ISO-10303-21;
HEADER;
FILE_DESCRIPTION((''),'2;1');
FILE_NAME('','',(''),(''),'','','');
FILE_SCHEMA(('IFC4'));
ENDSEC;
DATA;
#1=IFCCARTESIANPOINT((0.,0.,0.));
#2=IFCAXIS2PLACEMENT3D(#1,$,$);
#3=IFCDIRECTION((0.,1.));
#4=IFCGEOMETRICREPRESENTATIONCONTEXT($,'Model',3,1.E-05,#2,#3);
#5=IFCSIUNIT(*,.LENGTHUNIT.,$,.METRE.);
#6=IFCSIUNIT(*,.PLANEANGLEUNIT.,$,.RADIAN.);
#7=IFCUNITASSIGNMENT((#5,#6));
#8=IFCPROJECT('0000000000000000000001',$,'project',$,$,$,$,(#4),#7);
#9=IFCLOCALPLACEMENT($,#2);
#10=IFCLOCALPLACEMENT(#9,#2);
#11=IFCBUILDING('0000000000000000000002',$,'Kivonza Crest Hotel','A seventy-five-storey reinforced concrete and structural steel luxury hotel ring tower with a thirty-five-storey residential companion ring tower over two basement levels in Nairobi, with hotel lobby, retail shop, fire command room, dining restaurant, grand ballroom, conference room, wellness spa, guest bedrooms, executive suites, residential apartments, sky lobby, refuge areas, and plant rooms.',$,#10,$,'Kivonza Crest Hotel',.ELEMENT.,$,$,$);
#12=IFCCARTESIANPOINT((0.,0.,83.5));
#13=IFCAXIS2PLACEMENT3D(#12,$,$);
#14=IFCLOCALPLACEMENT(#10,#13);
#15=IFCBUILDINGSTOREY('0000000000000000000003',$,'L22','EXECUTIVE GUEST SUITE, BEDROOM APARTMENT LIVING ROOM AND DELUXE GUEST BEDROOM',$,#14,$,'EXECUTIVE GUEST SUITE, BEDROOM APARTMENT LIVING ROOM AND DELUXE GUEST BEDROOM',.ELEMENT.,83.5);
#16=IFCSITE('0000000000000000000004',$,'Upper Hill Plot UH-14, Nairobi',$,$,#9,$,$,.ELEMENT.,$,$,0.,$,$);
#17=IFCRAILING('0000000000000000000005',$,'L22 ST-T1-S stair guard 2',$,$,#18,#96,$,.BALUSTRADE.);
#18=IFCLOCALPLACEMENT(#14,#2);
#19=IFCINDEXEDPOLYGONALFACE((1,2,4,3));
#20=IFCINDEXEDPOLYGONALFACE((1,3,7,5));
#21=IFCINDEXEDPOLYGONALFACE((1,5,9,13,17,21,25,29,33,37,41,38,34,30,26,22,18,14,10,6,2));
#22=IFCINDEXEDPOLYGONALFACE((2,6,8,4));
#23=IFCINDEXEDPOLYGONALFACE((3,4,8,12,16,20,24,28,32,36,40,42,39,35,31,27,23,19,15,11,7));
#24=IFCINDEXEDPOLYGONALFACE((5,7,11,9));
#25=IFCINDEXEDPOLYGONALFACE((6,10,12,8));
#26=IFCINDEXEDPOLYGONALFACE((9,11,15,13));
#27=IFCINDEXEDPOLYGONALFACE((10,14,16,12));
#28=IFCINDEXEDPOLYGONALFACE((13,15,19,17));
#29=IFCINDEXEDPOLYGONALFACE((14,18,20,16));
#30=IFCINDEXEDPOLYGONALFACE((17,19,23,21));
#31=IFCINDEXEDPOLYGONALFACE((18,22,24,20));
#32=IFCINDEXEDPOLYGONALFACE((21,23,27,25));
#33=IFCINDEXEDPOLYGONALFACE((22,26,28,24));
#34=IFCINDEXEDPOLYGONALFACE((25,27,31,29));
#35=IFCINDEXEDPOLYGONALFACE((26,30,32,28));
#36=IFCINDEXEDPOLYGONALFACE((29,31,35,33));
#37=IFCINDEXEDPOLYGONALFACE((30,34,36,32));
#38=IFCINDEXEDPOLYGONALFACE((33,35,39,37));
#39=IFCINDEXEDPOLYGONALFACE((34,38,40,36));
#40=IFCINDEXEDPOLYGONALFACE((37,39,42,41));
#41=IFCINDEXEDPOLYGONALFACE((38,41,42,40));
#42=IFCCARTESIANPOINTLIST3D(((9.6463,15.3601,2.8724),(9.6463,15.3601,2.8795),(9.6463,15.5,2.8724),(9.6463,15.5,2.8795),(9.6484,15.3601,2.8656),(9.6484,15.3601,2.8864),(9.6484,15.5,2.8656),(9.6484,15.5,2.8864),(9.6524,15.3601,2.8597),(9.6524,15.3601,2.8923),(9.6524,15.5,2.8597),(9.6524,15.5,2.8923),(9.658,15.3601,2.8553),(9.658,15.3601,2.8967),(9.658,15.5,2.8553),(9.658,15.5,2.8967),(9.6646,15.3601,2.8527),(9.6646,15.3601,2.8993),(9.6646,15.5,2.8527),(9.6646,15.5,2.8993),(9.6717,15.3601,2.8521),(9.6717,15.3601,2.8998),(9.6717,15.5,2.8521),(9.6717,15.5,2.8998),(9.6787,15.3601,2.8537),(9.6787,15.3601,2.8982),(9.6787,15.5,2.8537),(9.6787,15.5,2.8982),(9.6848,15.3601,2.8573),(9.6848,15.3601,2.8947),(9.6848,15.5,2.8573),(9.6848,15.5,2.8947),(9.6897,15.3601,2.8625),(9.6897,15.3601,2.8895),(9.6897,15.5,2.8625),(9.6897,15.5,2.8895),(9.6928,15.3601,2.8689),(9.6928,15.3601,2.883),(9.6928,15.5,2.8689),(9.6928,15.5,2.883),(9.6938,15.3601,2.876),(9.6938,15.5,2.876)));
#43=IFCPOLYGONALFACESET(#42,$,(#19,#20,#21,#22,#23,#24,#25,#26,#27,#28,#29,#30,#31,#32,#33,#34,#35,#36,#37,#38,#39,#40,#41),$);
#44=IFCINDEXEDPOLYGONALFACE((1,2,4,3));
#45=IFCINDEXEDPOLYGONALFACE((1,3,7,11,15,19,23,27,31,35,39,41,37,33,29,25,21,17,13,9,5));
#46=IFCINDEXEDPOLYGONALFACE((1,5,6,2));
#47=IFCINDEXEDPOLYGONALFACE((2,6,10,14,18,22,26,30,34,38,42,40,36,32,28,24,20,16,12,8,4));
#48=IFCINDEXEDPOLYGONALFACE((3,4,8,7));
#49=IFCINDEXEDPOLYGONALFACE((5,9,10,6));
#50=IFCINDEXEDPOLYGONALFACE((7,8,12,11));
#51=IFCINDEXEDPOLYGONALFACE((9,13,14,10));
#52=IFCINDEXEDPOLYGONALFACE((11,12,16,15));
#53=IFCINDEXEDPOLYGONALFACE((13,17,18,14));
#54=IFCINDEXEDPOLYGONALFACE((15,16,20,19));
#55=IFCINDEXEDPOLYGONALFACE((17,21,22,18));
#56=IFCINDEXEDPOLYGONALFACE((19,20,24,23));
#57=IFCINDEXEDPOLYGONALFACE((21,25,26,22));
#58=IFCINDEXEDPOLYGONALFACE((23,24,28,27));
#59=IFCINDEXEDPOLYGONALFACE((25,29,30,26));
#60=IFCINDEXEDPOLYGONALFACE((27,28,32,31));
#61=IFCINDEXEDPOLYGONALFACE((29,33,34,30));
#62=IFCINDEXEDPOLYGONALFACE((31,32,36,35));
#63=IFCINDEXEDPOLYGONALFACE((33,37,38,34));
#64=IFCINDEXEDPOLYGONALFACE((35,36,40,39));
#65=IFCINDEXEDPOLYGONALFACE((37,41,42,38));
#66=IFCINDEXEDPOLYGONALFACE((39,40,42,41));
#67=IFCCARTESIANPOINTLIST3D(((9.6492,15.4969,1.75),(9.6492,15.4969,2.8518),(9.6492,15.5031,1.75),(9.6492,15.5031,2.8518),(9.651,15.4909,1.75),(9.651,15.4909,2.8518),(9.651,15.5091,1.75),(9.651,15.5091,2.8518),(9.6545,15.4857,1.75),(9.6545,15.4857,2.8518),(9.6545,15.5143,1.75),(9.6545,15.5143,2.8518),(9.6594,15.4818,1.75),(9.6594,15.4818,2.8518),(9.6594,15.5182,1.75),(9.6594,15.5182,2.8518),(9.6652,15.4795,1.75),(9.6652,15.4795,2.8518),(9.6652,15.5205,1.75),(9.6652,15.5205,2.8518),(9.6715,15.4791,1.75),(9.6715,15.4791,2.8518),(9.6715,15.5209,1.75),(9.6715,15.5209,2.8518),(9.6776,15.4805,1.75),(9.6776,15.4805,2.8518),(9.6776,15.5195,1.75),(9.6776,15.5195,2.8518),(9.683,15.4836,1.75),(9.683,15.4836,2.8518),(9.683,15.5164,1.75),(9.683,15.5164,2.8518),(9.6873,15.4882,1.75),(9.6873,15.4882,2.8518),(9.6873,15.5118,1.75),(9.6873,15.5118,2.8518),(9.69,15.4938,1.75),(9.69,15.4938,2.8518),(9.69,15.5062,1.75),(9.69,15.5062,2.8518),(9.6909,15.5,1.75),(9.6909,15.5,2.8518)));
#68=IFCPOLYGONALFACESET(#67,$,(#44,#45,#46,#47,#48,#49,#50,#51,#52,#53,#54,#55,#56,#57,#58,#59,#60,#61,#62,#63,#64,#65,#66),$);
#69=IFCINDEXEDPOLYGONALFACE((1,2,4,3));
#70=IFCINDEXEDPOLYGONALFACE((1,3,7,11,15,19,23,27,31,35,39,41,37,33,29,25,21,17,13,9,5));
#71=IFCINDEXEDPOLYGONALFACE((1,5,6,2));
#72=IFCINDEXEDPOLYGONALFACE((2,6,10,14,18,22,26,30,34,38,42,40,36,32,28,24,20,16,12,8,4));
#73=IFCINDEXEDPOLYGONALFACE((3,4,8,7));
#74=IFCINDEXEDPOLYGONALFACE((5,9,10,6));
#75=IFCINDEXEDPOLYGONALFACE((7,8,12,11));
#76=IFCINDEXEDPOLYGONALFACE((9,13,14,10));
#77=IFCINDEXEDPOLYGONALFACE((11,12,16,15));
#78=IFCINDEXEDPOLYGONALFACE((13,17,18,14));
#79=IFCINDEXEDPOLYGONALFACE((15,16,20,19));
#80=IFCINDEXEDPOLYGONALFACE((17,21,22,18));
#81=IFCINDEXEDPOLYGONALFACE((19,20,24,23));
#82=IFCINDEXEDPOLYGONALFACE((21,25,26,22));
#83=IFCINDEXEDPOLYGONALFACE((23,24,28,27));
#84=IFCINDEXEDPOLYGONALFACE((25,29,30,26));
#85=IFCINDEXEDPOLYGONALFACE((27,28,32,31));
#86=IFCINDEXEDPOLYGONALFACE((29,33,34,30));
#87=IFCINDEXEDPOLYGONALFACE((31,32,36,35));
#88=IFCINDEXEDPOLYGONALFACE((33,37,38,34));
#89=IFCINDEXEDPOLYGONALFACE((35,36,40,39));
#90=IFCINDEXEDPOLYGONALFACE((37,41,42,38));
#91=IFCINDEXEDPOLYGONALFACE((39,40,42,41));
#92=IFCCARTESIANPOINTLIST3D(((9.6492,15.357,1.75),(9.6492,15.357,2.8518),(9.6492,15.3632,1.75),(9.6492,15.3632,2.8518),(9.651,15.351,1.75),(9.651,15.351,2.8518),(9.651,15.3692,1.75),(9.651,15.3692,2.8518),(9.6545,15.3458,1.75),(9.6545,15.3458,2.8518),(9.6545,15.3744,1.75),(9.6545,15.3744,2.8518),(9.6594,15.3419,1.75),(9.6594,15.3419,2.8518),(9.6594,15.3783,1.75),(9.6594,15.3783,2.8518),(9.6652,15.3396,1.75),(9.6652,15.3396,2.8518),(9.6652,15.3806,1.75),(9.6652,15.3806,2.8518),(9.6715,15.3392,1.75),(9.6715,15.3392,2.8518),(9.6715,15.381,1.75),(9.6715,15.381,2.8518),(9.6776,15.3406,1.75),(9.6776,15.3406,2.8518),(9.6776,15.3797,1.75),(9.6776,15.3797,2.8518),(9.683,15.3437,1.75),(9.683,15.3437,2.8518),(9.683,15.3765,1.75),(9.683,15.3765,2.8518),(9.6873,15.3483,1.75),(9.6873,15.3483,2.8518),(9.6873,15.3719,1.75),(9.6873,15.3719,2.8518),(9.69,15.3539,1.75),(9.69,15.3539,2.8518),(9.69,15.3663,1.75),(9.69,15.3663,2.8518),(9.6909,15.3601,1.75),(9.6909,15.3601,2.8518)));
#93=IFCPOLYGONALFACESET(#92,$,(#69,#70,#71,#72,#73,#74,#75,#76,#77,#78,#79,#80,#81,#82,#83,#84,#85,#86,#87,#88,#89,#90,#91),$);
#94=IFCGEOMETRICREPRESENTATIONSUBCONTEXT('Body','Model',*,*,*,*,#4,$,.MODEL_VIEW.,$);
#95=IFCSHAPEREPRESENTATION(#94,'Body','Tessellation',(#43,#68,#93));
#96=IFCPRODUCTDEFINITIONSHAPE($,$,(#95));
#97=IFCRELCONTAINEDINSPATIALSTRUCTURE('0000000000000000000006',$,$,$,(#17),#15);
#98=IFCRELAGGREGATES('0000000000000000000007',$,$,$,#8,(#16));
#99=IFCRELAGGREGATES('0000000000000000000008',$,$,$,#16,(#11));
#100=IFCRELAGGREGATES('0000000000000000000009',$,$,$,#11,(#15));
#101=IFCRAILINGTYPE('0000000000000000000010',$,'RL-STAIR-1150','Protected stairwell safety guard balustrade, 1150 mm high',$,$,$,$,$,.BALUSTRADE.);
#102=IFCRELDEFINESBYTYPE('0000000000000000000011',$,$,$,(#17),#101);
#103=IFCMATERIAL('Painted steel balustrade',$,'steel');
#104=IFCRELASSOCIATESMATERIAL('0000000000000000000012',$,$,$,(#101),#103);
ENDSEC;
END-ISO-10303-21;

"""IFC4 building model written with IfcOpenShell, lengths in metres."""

from ifc_helpers import new_model, si_unit, direction, frame, origin, origin_2d, place, context, subcontext, project, spatial, circle, extrude, material, type_object, element, save


model = new_model("IFC4")

# Units and contexts
model_context = context("Model", 3, precision=1e-05, world=origin(), true_north=direction((0.0, 1.0)))
body_context = subcontext(model_context, "Body", "Model", "MODEL_VIEW")
ifc_project = project(units=[si_unit("LENGTHUNIT", "METRE"), si_unit("PLANEANGLEUNIT", "RADIAN")], contexts=[model_context])

# Site, building, storey
site_placement = place(None, origin())
site = spatial("IfcSite", under=ifc_project, at=site_placement, Name="Upper Hill Plot UH-14, Nairobi", CompositionType="ELEMENT", RefElevation=0.0)
building_placement = place(site_placement, origin())
building = spatial("IfcBuilding", under=site, at=building_placement, Name="Kivonza Crest Hotel", Description="A seventy-five-storey reinforced concrete and structural steel luxury hotel ring tower with a thirty-five-storey residential companion ring tower over two basement levels in Nairobi, with hotel lobby, retail shop, fire command room, dining restaurant, grand ballroom, conference room, wellness spa, guest bedrooms, executive suites, residential apartments, sky lobby, refuge areas, and plant rooms.", LongName="Kivonza Crest Hotel", CompositionType="ELEMENT")
storey_placement = place(building_placement, frame((0.0, 0.0, 83.5)))
storey = spatial("IfcBuildingStorey", under=building, at=storey_placement, Name="L22", Description="EXECUTIVE GUEST SUITE, BEDROOM APARTMENT LIVING ROOM AND DELUXE GUEST BEDROOM", LongName="EXECUTIVE GUEST SUITE, BEDROOM APARTMENT LIVING ROOM AND DELUXE GUEST BEDROOM", CompositionType="ELEMENT", Elevation=83.5)

# Railing
ifc_material_1 = material(Name="Painted steel balustrade", Category="steel")
railing_type_1 = type_object("IfcRailingType", Name="RL-STAIR-1150", Description="Protected stairwell safety guard balustrade, 1150 mm high", PredefinedType="BALUSTRADE", material=ifc_material_1)
railing_1_placement = place(storey_placement, frame((9.6699, 15.5, 1.75)))
element("IfcRailing", 1, at=railing_1_placement, inside=storey, type_object=railing_type_1, Name="L22 ST-T1-S stair guard 2", PredefinedType="BALUSTRADE", context=body_context, shape_type="SweptSolid", body=[
    extrude(circle(Radius=0.0239, at=origin_2d()), frame((0.0, 0.0, 1.126), z_axis=(0.0, -1.0, 0.0), x_axis=(1.0, 0.0, 0.0)), (0.0, 0.0, 1.0), 0.1399),
    extrude(circle(Radius=0.021, at=origin_2d()), origin(), (0.0, 0.0, 1.0), 1.1018),
    extrude(circle(Radius=0.021, at=origin_2d()), frame((0.0, -0.1399, 0.0)), (0.0, 0.0, 1.0), 1.1018),
])

save(model, "model.ifc")
